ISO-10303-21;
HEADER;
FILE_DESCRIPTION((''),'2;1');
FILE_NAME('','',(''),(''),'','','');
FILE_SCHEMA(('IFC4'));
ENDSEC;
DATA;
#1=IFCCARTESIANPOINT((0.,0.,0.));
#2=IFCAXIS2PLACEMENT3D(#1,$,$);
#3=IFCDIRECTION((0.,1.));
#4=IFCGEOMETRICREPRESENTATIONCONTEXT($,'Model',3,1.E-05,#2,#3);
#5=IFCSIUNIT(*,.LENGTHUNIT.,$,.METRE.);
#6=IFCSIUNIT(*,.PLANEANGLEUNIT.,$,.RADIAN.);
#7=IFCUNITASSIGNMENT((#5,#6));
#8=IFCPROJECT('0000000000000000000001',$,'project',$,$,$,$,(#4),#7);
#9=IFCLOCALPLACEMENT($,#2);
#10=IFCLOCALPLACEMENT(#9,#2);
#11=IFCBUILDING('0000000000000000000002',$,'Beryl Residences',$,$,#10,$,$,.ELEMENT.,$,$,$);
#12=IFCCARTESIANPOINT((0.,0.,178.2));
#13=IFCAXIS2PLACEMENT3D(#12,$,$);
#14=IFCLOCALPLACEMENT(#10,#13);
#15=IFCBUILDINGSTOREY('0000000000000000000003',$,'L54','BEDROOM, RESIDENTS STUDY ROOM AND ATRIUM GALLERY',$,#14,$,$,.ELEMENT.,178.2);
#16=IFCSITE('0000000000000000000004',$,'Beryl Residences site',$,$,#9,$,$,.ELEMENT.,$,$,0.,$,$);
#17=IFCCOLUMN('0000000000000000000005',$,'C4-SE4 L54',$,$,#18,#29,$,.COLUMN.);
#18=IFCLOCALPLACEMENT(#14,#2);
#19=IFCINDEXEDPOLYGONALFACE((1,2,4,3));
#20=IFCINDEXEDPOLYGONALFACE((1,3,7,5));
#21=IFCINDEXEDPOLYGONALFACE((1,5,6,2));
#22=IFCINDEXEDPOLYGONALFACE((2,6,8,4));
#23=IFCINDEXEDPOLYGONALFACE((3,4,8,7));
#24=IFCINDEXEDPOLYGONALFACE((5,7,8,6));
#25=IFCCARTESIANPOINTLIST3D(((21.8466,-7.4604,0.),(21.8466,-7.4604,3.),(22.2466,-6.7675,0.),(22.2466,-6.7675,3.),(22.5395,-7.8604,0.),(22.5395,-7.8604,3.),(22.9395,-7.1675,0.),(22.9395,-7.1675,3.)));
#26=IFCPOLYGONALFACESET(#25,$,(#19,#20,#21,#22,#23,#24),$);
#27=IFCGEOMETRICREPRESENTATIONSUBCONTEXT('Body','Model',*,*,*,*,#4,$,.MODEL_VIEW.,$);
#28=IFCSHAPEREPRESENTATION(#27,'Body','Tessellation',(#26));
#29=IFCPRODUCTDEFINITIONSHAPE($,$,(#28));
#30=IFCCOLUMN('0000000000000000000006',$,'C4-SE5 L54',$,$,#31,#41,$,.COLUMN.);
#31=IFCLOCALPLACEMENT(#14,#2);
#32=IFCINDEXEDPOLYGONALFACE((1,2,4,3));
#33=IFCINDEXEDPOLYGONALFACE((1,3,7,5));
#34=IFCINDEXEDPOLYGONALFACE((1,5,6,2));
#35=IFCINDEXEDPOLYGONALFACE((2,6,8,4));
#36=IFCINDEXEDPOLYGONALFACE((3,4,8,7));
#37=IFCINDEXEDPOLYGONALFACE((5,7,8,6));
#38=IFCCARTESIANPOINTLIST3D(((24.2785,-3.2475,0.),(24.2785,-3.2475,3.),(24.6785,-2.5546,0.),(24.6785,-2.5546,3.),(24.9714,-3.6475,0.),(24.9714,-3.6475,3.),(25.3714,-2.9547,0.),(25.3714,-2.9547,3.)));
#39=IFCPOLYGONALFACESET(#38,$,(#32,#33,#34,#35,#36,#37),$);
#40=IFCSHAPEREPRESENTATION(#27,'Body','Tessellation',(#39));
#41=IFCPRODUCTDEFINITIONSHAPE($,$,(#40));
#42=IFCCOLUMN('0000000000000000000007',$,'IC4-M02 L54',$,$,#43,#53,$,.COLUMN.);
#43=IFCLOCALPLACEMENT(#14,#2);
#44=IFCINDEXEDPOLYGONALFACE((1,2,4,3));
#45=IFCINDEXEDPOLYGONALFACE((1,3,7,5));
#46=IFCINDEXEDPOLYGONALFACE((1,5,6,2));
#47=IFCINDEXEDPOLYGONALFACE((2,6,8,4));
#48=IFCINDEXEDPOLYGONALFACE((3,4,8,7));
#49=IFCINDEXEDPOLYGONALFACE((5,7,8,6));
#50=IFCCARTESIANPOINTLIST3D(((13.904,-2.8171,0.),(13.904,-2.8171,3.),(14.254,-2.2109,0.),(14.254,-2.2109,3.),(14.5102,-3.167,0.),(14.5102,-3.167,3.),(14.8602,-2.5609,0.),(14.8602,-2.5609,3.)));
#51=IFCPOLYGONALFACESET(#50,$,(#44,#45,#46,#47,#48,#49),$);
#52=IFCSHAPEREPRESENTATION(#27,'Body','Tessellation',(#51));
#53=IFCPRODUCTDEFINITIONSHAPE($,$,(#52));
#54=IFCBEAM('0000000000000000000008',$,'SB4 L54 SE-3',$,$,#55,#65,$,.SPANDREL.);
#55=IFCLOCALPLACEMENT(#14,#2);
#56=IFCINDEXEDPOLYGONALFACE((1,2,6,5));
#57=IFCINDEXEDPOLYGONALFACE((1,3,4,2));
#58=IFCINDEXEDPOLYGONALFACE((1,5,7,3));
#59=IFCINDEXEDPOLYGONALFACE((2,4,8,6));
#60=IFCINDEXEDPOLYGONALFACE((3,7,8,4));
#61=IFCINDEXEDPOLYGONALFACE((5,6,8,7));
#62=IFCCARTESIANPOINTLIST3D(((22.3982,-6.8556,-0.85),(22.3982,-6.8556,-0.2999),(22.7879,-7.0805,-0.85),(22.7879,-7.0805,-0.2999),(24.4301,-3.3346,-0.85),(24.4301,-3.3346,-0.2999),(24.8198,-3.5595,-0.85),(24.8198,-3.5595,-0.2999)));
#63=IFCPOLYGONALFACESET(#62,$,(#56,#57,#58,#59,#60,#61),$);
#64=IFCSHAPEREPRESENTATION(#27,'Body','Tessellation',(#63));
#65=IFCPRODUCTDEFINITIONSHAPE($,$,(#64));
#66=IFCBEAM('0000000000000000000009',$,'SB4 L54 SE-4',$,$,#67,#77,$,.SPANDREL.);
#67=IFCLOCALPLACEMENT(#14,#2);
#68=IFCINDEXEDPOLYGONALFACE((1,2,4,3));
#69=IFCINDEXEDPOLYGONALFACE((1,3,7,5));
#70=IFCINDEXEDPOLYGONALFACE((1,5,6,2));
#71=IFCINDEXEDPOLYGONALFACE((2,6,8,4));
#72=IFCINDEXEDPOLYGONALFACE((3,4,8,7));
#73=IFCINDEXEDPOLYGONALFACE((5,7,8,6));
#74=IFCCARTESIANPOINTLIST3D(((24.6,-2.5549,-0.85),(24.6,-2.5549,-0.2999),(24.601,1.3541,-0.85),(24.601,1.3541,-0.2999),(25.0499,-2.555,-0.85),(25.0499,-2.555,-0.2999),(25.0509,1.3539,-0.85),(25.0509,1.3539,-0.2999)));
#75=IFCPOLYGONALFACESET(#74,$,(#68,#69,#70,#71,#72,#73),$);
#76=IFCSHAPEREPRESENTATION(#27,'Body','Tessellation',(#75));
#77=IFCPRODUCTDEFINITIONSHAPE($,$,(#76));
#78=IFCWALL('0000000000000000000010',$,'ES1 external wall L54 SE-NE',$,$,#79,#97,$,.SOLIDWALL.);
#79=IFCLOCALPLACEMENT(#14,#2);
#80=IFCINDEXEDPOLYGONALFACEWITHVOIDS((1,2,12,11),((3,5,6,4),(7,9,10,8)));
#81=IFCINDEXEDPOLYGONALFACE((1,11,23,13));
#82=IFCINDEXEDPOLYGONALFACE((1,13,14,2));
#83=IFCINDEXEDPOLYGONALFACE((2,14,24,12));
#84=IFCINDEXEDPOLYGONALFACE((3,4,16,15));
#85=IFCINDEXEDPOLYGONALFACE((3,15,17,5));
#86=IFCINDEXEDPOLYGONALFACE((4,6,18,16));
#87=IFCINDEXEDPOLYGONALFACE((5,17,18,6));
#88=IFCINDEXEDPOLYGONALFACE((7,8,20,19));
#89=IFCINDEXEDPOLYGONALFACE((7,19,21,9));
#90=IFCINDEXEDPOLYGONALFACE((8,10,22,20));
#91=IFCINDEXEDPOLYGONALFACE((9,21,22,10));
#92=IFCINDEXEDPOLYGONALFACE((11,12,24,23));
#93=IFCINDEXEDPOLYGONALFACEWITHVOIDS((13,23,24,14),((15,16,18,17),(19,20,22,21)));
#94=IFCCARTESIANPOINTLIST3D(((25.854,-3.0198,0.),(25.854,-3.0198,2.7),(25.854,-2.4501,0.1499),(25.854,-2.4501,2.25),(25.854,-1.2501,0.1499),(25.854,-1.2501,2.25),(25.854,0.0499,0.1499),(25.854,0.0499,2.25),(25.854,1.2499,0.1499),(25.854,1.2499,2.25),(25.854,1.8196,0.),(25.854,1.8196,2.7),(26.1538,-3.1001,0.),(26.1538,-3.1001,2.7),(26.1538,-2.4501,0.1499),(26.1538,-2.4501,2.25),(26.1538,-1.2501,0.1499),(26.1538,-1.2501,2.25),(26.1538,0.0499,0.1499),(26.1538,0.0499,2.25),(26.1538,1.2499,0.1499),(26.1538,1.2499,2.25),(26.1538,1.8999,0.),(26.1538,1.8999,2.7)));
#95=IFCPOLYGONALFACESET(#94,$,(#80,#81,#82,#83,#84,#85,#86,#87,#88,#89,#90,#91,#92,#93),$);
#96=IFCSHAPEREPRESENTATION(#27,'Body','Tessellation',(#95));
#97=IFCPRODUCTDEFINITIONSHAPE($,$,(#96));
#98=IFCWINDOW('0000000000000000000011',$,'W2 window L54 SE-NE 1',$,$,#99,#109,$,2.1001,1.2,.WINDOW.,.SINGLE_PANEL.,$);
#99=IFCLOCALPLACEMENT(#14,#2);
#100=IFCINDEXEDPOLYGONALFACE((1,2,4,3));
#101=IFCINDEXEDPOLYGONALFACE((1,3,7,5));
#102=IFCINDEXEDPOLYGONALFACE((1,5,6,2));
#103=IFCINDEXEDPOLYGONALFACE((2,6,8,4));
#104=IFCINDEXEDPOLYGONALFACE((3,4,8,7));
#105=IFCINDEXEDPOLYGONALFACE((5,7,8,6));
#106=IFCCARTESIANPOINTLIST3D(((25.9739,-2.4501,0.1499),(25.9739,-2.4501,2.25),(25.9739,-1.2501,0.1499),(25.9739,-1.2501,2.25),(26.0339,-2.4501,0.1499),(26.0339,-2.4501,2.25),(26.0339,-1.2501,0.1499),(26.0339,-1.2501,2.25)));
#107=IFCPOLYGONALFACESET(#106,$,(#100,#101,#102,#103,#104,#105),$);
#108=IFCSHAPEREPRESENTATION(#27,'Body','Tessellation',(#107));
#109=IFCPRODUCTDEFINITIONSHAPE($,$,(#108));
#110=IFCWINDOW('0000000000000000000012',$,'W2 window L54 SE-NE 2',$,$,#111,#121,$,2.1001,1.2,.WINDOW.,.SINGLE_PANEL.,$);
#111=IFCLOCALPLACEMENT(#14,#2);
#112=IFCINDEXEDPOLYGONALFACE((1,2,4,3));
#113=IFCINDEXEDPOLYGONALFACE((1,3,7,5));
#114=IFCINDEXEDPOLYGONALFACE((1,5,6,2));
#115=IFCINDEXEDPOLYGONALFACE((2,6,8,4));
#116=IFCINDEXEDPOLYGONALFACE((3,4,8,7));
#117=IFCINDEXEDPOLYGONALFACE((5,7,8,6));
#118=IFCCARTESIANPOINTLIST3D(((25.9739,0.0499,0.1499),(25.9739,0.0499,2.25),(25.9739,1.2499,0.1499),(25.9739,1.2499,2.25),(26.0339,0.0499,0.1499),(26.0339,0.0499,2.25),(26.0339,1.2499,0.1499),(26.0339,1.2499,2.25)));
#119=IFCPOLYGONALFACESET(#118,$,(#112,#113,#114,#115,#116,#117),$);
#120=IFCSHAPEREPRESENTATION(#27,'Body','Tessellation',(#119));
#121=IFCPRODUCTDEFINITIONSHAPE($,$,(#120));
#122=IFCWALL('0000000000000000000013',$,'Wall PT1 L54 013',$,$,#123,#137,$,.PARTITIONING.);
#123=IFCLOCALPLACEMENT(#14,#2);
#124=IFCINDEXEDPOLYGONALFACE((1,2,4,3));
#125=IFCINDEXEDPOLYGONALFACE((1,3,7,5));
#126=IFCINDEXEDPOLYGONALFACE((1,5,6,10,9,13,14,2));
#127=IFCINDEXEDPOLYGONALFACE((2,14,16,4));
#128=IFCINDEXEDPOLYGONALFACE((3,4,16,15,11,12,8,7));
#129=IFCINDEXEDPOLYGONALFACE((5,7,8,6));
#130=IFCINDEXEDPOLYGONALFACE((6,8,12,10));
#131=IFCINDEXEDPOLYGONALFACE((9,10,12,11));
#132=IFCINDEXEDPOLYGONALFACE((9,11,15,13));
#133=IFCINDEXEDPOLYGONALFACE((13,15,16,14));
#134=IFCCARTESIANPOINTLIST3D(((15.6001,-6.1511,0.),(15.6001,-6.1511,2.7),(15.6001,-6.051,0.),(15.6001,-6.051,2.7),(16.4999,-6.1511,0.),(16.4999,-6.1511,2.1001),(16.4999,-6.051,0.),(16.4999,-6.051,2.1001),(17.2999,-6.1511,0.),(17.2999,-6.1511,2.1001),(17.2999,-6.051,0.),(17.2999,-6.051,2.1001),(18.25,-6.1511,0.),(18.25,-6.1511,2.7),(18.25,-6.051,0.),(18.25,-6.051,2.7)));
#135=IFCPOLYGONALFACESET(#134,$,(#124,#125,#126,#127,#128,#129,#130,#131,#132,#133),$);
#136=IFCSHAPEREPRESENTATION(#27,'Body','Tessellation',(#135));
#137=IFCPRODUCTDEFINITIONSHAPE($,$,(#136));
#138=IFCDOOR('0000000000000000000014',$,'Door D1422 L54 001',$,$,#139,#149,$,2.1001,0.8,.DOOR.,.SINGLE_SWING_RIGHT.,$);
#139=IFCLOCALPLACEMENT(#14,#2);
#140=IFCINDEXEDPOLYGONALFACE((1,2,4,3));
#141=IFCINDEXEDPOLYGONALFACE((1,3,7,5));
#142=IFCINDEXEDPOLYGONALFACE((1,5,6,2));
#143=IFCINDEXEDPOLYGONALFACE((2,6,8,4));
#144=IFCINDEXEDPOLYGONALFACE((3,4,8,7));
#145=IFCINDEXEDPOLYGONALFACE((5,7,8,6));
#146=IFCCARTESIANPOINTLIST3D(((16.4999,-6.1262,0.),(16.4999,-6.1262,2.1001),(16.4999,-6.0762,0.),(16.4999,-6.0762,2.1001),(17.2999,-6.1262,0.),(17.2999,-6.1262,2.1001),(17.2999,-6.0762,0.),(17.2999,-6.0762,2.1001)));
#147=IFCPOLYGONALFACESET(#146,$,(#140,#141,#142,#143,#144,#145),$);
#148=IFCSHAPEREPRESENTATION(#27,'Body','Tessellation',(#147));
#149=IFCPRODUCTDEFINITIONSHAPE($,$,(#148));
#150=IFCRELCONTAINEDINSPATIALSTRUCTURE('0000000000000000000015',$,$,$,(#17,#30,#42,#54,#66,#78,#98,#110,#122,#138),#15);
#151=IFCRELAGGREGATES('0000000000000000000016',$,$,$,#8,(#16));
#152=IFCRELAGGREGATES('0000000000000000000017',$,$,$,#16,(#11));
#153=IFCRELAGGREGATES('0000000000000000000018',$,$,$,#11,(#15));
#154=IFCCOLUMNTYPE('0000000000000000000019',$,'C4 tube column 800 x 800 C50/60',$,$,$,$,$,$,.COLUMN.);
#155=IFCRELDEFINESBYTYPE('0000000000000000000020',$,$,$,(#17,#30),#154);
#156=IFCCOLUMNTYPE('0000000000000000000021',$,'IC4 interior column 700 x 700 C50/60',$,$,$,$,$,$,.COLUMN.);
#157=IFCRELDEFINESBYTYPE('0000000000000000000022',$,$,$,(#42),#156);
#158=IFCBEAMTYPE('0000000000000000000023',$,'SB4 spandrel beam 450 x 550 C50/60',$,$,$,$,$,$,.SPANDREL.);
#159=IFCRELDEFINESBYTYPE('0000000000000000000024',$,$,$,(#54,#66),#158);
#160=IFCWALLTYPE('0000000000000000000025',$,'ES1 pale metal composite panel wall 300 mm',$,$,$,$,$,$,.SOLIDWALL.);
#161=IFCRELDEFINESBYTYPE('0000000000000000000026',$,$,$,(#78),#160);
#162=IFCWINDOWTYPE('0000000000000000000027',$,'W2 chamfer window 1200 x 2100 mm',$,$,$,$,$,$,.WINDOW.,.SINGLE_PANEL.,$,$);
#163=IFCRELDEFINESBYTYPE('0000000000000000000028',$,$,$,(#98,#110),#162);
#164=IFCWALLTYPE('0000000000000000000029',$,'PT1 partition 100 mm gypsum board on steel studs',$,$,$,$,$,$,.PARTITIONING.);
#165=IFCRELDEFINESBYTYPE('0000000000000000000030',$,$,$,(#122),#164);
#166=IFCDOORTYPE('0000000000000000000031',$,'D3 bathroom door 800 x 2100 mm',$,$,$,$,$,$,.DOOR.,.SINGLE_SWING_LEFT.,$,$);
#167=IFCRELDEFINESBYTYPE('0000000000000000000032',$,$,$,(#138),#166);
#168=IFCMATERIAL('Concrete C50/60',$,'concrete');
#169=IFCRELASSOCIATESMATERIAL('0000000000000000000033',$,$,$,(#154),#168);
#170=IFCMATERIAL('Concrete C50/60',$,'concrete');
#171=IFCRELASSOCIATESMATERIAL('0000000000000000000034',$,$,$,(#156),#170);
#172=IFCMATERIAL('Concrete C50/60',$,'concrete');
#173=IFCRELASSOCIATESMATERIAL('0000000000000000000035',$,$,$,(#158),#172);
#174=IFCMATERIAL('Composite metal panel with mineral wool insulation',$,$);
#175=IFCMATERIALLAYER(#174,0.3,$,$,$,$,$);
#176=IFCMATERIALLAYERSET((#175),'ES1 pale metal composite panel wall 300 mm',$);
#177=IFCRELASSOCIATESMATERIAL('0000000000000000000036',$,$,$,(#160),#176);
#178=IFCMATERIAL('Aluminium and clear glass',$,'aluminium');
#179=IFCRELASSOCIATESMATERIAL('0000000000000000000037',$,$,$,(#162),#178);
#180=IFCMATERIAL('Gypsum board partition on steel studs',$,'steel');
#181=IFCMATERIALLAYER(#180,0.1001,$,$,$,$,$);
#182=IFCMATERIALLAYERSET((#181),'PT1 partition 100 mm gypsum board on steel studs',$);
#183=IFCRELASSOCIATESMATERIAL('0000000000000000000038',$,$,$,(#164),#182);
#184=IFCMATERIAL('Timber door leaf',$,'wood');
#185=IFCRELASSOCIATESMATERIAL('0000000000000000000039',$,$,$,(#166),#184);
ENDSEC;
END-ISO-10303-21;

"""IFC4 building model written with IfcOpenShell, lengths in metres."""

from ifc_helpers import new_model, si_unit, direction, frame, frame_2d, origin, origin_2d, place, context, subcontext, project, spatial, polyline, rectangle, outline, extrude, material, layer, layer_set, material_profile, profile_set, type_object, element, fill, save


model = new_model("IFC4")

# Units and contexts
model_context = context("Model", 3, precision=1e-05, world=origin(), true_north=direction((0.0, 1.0)))
body_context = subcontext(model_context, "Body", "Model", "MODEL_VIEW")
ifc_project = project(units=[si_unit("LENGTHUNIT", "METRE"), si_unit("PLANEANGLEUNIT", "RADIAN")], contexts=[model_context])

# Site, building, storey
site_placement = place(None, origin())
site = spatial("IfcSite", under=ifc_project, at=site_placement, Name="Beryl Residences site", CompositionType="ELEMENT", RefElevation=0.0)
building_placement = place(site_placement, origin())
building = spatial("IfcBuilding", under=site, at=building_placement, Name="Beryl Residences", CompositionType="ELEMENT")
storey_placement = place(building_placement, frame((0.0, 0.0, 178.2)))
storey = spatial("IfcBuildingStorey", under=building, at=storey_placement, Name="L54", Description="BEDROOM, RESIDENTS STUDY ROOM AND ATRIUM GALLERY", CompositionType="ELEMENT", Elevation=178.2)

# Columns
ifc_material_1 = material(Name="Concrete C50/60", Category="concrete")
ifc_material_profile_1 = material_profile(ifc_material_1, rectangle(XDim=0.8, YDim=0.8, at=origin_2d()))
ifc_profile_set_1 = profile_set([ifc_material_profile_1], Name="Concrete C50/60")
column_type_1 = type_object("IfcColumnType", Name="C4 tube column 800 x 800 C50/60", PredefinedType="COLUMN", material=ifc_profile_set_1)
for number, where, z_axis, x_axis, name in (
    (1, (22.3931, -7.314, 0.0), (0.0, 0.0, 1.0), (0.5, 0.866025, 0.0), "C4-SE4 L54"),
    (2, (24.825, -3.1011, 0.0), (0.0, 0.0, 1.0), (0.5, 0.866025, 0.0), "C4-SE5 L54"),
):
    element("IfcColumn", number, at=place(storey_placement, frame(where, z_axis=z_axis, x_axis=x_axis)), inside=storey, type_object=column_type_1, Name=name, PredefinedType="COLUMN", context=body_context, shape_type="SweptSolid", body=[
        extrude(rectangle(XDim=0.8, YDim=0.8, at=origin_2d()), origin(), (0.0, 0.0, 1.0), 3.0),
    ])
ifc_material_2 = material(Name="Concrete C50/60", Category="concrete")
ifc_material_profile_2 = material_profile(ifc_material_2, rectangle(XDim=0.7, YDim=0.7, at=origin_2d()))
ifc_profile_set_2 = profile_set([ifc_material_profile_2], Name="Concrete C50/60")
column_type_2 = type_object("IfcColumnType", Name="IC4 interior column 700 x 700 C50/60", PredefinedType="COLUMN", material=ifc_profile_set_2)
column_placement = place(storey_placement, frame((14.3821, -2.689, 0.0), z_axis=(0.0, 0.0, 1.0), x_axis=(0.5, 0.866025, 0.0)))
element("IfcColumn", 3, at=column_placement, inside=storey, type_object=column_type_2, Name="IC4-M02 L54", PredefinedType="COLUMN", context=body_context, shape_type="SweptSolid", body=[
    extrude(rectangle(XDim=0.7, YDim=0.7, at=origin_2d()), origin(), (0.0, 0.0, 1.0), 3.0),
])

# Beams
ifc_material_3 = material(Name="Concrete C50/60", Category="concrete")
ifc_material_profile_3 = material_profile(ifc_material_3, rectangle(XDim=0.45, YDim=0.55, at=origin_2d()))
ifc_profile_set_3 = profile_set([ifc_material_profile_3], Name="Concrete C50/60")
beam_type = type_object("IfcBeamType", Name="SB4 spandrel beam 450 x 550 C50/60", PredefinedType="SPANDREL", material=ifc_profile_set_3)
beam_1_placement = place(storey_placement, frame((22.593, -6.968, -0.575), z_axis=(0.49984, 0.866118, 0.0), x_axis=(-0.866118, 0.49984, 0.0)))
element("IfcBeam", 4, at=beam_1_placement, inside=storey, type_object=beam_type, Name="SB4 L54 SE-3", PredefinedType="SPANDREL", context=body_context, shape_type="SweptSolid", body=[
    extrude(rectangle(XDim=0.45, YDim=0.55, at=origin_2d()), origin(), (0.0, 0.0, 1.0), 4.0652),
])
beam_2_placement = place(storey_placement, frame((24.825, -2.5549, -0.575), z_axis=(0.00025, 1.0, 0.0), x_axis=(-1.0, 0.00025, 0.0)))
element("IfcBeam", 5, at=beam_2_placement, inside=storey, type_object=beam_type, Name="SB4 L54 SE-4", PredefinedType="SPANDREL", context=body_context, shape_type="SweptSolid", body=[
    extrude(rectangle(XDim=0.45, YDim=0.55, at=origin_2d()), origin(), (0.0, 0.0, 1.0), 3.9089),
])

# Wall, openings, windows
ifc_material_4 = material(Name="Composite metal panel with mineral wool insulation")
ifc_layer_1 = layer(ifc_material_4, 0.3)
ifc_layer_set_1 = layer_set([ifc_layer_1], Name="ES1 pale metal composite panel wall 300 mm")
wall_type_1 = type_object("IfcWallType", Name="ES1 pale metal composite panel wall 300 mm", PredefinedType="SOLIDWALL", material=ifc_layer_set_1)
wall_1_placement = place(storey_placement, frame((26.0039, -3.1001, 0.0), z_axis=(0.0, 0.0, 1.0), x_axis=(0.0, 1.0, 0.0)))
wall_1 = element("IfcWall", 6, at=wall_1_placement, inside=storey, type_object=wall_type_1, Name="ES1 external wall L54 SE-NE", PredefinedType="SOLIDWALL", context=body_context, shape_type="SweptSolid", body=[
    extrude(outline(polyline([(0.0, -0.1499), (5.0, -0.1499), (4.9197, 0.1499), (0.0803, 0.1499), (0.0, -0.1499)])), origin(), (0.0, 0.0, 1.0), 2.7),
])
opening_1_placement = place(wall_1_placement, frame((0.6499, 0.0, 0.1499)))
opening_1 = element("IfcOpeningElement", 7, at=opening_1_placement, cuts=wall_1, PredefinedType="OPENING", context=body_context, shape_type="SweptSolid", body=[
    extrude(rectangle(XDim=1.2, YDim=2.1001, at=frame_2d((0.6001, 1.05))), frame((0.0, 0.1599, 0.0), z_axis=(0.0, -1.0, 0.0), x_axis=(1.0, 0.0, 0.0)), (0.0, 0.0, 1.0), 0.3201),
])
opening_2_placement = place(wall_1_placement, frame((3.1499, 0.0, 0.1499)))
opening_2 = element("IfcOpeningElement", 8, at=opening_2_placement, cuts=wall_1, PredefinedType="OPENING", context=body_context, shape_type="SweptSolid", body=[
    extrude(rectangle(XDim=1.2, YDim=2.1001, at=frame_2d((0.6001, 1.05))), frame((0.0, 0.1599, 0.0), z_axis=(0.0, -1.0, 0.0), x_axis=(1.0, 0.0, 0.0)), (0.0, 0.0, 1.0), 0.3201),
])
ifc_material_5 = material(Name="Aluminium and clear glass", Category="aluminium")
window_type = type_object("IfcWindowType", Name="W2 chamfer window 1200 x 2100 mm", PartitioningType="SINGLE_PANEL", PredefinedType="WINDOW", material=ifc_material_5)
window_1_placement = place(opening_1_placement, origin())
window_1 = element("IfcWindow", 9, at=window_1_placement, inside=storey, type_object=window_type, Name="W2 window L54 SE-NE 1", OverallHeight=2.1001, OverallWidth=1.2, PartitioningType="SINGLE_PANEL", PredefinedType="WINDOW", context=body_context, shape_type="SweptSolid", body=[
    extrude(rectangle(XDim=1.2, YDim=2.1001, at=frame_2d((0.6001, 1.05))), frame((0.0, 0.03, 0.0), z_axis=(0.0, -1.0, 0.0), x_axis=(1.0, 0.0, 0.0)), (0.0, 0.0, 1.0), 0.0601),
])
fill(opening_1, window_1)
window_2_placement = place(opening_2_placement, origin())
window_2 = element("IfcWindow", 10, at=window_2_placement, inside=storey, type_object=window_type, Name="W2 window L54 SE-NE 2", OverallHeight=2.1001, OverallWidth=1.2, PartitioningType="SINGLE_PANEL", PredefinedType="WINDOW", context=body_context, shape_type="SweptSolid", body=[
    extrude(rectangle(XDim=1.2, YDim=2.1001, at=frame_2d((0.6001, 1.05))), frame((0.0, 0.03, 0.0), z_axis=(0.0, -1.0, 0.0), x_axis=(1.0, 0.0, 0.0)), (0.0, 0.0, 1.0), 0.0601),
])
fill(opening_2, window_2)

# Wall, opening, door
ifc_material_6 = material(Name="Gypsum board partition on steel studs", Category="steel")
ifc_layer_2 = layer(ifc_material_6, 0.1001)
ifc_layer_set_2 = layer_set([ifc_layer_2], Name="PT1 partition 100 mm gypsum board on steel studs")
wall_type_2 = type_object("IfcWallType", Name="PT1 partition 100 mm gypsum board on steel studs", PredefinedType="PARTITIONING", material=ifc_layer_set_2)
wall_2_placement = place(storey_placement, frame((15.6001, -6.1011, 0.0), z_axis=(0.0, 0.0, 1.0), x_axis=(1.0, 0.0, 0.0)))
wall_2 = element("IfcWall", 11, at=wall_2_placement, inside=storey, type_object=wall_type_2, Name="Wall PT1 L54 013", PredefinedType="PARTITIONING", context=body_context, shape_type="SweptSolid", body=[
    extrude(rectangle(XDim=2.6499, YDim=0.1001, at=frame_2d((1.325, 0.0))), origin(), (0.0, 0.0, 1.0), 2.7),
])
opening_3_placement = place(wall_2_placement, frame((0.8999, 0.0, 0.0)))
opening_3 = element("IfcOpeningElement", 12, at=opening_3_placement, cuts=wall_2, PredefinedType="OPENING", context=body_context, shape_type="SweptSolid", body=[
    extrude(rectangle(XDim=0.8, YDim=2.1001, at=frame_2d((0.3999, 1.05))), frame((0.0, 0.0601, 0.0), z_axis=(0.0, -1.0, 0.0), x_axis=(1.0, 0.0, 0.0)), (0.0, 0.0, 1.0), 0.1201),
])
ifc_material_7 = material(Name="Timber door leaf", Category="wood")
door_type_1 = type_object("IfcDoorType", Name="D3 bathroom door 800 x 2100 mm", OperationType="SINGLE_SWING_LEFT", PredefinedType="DOOR", material=ifc_material_7)
door_1_placement = place(opening_3_placement, origin())
door_1 = element("IfcDoor", 13, at=door_1_placement, inside=storey, type_object=door_type_1, Name="Door D1422 L54 001", OperationType="SINGLE_SWING_RIGHT", OverallHeight=2.1001, OverallWidth=0.8, PredefinedType="DOOR", context=body_context, shape_type="SweptSolid", body=[
    extrude(rectangle(XDim=0.8, YDim=2.1001, at=frame_2d((0.3999, 1.05))), frame((0.0, 0.0249, 0.0), z_axis=(0.0, -1.0, 0.0), x_axis=(1.0, 0.0, 0.0)), (0.0, 0.0, 1.0), 0.05),
])
fill(opening_3, door_1)

save(model, "model.ifc")
